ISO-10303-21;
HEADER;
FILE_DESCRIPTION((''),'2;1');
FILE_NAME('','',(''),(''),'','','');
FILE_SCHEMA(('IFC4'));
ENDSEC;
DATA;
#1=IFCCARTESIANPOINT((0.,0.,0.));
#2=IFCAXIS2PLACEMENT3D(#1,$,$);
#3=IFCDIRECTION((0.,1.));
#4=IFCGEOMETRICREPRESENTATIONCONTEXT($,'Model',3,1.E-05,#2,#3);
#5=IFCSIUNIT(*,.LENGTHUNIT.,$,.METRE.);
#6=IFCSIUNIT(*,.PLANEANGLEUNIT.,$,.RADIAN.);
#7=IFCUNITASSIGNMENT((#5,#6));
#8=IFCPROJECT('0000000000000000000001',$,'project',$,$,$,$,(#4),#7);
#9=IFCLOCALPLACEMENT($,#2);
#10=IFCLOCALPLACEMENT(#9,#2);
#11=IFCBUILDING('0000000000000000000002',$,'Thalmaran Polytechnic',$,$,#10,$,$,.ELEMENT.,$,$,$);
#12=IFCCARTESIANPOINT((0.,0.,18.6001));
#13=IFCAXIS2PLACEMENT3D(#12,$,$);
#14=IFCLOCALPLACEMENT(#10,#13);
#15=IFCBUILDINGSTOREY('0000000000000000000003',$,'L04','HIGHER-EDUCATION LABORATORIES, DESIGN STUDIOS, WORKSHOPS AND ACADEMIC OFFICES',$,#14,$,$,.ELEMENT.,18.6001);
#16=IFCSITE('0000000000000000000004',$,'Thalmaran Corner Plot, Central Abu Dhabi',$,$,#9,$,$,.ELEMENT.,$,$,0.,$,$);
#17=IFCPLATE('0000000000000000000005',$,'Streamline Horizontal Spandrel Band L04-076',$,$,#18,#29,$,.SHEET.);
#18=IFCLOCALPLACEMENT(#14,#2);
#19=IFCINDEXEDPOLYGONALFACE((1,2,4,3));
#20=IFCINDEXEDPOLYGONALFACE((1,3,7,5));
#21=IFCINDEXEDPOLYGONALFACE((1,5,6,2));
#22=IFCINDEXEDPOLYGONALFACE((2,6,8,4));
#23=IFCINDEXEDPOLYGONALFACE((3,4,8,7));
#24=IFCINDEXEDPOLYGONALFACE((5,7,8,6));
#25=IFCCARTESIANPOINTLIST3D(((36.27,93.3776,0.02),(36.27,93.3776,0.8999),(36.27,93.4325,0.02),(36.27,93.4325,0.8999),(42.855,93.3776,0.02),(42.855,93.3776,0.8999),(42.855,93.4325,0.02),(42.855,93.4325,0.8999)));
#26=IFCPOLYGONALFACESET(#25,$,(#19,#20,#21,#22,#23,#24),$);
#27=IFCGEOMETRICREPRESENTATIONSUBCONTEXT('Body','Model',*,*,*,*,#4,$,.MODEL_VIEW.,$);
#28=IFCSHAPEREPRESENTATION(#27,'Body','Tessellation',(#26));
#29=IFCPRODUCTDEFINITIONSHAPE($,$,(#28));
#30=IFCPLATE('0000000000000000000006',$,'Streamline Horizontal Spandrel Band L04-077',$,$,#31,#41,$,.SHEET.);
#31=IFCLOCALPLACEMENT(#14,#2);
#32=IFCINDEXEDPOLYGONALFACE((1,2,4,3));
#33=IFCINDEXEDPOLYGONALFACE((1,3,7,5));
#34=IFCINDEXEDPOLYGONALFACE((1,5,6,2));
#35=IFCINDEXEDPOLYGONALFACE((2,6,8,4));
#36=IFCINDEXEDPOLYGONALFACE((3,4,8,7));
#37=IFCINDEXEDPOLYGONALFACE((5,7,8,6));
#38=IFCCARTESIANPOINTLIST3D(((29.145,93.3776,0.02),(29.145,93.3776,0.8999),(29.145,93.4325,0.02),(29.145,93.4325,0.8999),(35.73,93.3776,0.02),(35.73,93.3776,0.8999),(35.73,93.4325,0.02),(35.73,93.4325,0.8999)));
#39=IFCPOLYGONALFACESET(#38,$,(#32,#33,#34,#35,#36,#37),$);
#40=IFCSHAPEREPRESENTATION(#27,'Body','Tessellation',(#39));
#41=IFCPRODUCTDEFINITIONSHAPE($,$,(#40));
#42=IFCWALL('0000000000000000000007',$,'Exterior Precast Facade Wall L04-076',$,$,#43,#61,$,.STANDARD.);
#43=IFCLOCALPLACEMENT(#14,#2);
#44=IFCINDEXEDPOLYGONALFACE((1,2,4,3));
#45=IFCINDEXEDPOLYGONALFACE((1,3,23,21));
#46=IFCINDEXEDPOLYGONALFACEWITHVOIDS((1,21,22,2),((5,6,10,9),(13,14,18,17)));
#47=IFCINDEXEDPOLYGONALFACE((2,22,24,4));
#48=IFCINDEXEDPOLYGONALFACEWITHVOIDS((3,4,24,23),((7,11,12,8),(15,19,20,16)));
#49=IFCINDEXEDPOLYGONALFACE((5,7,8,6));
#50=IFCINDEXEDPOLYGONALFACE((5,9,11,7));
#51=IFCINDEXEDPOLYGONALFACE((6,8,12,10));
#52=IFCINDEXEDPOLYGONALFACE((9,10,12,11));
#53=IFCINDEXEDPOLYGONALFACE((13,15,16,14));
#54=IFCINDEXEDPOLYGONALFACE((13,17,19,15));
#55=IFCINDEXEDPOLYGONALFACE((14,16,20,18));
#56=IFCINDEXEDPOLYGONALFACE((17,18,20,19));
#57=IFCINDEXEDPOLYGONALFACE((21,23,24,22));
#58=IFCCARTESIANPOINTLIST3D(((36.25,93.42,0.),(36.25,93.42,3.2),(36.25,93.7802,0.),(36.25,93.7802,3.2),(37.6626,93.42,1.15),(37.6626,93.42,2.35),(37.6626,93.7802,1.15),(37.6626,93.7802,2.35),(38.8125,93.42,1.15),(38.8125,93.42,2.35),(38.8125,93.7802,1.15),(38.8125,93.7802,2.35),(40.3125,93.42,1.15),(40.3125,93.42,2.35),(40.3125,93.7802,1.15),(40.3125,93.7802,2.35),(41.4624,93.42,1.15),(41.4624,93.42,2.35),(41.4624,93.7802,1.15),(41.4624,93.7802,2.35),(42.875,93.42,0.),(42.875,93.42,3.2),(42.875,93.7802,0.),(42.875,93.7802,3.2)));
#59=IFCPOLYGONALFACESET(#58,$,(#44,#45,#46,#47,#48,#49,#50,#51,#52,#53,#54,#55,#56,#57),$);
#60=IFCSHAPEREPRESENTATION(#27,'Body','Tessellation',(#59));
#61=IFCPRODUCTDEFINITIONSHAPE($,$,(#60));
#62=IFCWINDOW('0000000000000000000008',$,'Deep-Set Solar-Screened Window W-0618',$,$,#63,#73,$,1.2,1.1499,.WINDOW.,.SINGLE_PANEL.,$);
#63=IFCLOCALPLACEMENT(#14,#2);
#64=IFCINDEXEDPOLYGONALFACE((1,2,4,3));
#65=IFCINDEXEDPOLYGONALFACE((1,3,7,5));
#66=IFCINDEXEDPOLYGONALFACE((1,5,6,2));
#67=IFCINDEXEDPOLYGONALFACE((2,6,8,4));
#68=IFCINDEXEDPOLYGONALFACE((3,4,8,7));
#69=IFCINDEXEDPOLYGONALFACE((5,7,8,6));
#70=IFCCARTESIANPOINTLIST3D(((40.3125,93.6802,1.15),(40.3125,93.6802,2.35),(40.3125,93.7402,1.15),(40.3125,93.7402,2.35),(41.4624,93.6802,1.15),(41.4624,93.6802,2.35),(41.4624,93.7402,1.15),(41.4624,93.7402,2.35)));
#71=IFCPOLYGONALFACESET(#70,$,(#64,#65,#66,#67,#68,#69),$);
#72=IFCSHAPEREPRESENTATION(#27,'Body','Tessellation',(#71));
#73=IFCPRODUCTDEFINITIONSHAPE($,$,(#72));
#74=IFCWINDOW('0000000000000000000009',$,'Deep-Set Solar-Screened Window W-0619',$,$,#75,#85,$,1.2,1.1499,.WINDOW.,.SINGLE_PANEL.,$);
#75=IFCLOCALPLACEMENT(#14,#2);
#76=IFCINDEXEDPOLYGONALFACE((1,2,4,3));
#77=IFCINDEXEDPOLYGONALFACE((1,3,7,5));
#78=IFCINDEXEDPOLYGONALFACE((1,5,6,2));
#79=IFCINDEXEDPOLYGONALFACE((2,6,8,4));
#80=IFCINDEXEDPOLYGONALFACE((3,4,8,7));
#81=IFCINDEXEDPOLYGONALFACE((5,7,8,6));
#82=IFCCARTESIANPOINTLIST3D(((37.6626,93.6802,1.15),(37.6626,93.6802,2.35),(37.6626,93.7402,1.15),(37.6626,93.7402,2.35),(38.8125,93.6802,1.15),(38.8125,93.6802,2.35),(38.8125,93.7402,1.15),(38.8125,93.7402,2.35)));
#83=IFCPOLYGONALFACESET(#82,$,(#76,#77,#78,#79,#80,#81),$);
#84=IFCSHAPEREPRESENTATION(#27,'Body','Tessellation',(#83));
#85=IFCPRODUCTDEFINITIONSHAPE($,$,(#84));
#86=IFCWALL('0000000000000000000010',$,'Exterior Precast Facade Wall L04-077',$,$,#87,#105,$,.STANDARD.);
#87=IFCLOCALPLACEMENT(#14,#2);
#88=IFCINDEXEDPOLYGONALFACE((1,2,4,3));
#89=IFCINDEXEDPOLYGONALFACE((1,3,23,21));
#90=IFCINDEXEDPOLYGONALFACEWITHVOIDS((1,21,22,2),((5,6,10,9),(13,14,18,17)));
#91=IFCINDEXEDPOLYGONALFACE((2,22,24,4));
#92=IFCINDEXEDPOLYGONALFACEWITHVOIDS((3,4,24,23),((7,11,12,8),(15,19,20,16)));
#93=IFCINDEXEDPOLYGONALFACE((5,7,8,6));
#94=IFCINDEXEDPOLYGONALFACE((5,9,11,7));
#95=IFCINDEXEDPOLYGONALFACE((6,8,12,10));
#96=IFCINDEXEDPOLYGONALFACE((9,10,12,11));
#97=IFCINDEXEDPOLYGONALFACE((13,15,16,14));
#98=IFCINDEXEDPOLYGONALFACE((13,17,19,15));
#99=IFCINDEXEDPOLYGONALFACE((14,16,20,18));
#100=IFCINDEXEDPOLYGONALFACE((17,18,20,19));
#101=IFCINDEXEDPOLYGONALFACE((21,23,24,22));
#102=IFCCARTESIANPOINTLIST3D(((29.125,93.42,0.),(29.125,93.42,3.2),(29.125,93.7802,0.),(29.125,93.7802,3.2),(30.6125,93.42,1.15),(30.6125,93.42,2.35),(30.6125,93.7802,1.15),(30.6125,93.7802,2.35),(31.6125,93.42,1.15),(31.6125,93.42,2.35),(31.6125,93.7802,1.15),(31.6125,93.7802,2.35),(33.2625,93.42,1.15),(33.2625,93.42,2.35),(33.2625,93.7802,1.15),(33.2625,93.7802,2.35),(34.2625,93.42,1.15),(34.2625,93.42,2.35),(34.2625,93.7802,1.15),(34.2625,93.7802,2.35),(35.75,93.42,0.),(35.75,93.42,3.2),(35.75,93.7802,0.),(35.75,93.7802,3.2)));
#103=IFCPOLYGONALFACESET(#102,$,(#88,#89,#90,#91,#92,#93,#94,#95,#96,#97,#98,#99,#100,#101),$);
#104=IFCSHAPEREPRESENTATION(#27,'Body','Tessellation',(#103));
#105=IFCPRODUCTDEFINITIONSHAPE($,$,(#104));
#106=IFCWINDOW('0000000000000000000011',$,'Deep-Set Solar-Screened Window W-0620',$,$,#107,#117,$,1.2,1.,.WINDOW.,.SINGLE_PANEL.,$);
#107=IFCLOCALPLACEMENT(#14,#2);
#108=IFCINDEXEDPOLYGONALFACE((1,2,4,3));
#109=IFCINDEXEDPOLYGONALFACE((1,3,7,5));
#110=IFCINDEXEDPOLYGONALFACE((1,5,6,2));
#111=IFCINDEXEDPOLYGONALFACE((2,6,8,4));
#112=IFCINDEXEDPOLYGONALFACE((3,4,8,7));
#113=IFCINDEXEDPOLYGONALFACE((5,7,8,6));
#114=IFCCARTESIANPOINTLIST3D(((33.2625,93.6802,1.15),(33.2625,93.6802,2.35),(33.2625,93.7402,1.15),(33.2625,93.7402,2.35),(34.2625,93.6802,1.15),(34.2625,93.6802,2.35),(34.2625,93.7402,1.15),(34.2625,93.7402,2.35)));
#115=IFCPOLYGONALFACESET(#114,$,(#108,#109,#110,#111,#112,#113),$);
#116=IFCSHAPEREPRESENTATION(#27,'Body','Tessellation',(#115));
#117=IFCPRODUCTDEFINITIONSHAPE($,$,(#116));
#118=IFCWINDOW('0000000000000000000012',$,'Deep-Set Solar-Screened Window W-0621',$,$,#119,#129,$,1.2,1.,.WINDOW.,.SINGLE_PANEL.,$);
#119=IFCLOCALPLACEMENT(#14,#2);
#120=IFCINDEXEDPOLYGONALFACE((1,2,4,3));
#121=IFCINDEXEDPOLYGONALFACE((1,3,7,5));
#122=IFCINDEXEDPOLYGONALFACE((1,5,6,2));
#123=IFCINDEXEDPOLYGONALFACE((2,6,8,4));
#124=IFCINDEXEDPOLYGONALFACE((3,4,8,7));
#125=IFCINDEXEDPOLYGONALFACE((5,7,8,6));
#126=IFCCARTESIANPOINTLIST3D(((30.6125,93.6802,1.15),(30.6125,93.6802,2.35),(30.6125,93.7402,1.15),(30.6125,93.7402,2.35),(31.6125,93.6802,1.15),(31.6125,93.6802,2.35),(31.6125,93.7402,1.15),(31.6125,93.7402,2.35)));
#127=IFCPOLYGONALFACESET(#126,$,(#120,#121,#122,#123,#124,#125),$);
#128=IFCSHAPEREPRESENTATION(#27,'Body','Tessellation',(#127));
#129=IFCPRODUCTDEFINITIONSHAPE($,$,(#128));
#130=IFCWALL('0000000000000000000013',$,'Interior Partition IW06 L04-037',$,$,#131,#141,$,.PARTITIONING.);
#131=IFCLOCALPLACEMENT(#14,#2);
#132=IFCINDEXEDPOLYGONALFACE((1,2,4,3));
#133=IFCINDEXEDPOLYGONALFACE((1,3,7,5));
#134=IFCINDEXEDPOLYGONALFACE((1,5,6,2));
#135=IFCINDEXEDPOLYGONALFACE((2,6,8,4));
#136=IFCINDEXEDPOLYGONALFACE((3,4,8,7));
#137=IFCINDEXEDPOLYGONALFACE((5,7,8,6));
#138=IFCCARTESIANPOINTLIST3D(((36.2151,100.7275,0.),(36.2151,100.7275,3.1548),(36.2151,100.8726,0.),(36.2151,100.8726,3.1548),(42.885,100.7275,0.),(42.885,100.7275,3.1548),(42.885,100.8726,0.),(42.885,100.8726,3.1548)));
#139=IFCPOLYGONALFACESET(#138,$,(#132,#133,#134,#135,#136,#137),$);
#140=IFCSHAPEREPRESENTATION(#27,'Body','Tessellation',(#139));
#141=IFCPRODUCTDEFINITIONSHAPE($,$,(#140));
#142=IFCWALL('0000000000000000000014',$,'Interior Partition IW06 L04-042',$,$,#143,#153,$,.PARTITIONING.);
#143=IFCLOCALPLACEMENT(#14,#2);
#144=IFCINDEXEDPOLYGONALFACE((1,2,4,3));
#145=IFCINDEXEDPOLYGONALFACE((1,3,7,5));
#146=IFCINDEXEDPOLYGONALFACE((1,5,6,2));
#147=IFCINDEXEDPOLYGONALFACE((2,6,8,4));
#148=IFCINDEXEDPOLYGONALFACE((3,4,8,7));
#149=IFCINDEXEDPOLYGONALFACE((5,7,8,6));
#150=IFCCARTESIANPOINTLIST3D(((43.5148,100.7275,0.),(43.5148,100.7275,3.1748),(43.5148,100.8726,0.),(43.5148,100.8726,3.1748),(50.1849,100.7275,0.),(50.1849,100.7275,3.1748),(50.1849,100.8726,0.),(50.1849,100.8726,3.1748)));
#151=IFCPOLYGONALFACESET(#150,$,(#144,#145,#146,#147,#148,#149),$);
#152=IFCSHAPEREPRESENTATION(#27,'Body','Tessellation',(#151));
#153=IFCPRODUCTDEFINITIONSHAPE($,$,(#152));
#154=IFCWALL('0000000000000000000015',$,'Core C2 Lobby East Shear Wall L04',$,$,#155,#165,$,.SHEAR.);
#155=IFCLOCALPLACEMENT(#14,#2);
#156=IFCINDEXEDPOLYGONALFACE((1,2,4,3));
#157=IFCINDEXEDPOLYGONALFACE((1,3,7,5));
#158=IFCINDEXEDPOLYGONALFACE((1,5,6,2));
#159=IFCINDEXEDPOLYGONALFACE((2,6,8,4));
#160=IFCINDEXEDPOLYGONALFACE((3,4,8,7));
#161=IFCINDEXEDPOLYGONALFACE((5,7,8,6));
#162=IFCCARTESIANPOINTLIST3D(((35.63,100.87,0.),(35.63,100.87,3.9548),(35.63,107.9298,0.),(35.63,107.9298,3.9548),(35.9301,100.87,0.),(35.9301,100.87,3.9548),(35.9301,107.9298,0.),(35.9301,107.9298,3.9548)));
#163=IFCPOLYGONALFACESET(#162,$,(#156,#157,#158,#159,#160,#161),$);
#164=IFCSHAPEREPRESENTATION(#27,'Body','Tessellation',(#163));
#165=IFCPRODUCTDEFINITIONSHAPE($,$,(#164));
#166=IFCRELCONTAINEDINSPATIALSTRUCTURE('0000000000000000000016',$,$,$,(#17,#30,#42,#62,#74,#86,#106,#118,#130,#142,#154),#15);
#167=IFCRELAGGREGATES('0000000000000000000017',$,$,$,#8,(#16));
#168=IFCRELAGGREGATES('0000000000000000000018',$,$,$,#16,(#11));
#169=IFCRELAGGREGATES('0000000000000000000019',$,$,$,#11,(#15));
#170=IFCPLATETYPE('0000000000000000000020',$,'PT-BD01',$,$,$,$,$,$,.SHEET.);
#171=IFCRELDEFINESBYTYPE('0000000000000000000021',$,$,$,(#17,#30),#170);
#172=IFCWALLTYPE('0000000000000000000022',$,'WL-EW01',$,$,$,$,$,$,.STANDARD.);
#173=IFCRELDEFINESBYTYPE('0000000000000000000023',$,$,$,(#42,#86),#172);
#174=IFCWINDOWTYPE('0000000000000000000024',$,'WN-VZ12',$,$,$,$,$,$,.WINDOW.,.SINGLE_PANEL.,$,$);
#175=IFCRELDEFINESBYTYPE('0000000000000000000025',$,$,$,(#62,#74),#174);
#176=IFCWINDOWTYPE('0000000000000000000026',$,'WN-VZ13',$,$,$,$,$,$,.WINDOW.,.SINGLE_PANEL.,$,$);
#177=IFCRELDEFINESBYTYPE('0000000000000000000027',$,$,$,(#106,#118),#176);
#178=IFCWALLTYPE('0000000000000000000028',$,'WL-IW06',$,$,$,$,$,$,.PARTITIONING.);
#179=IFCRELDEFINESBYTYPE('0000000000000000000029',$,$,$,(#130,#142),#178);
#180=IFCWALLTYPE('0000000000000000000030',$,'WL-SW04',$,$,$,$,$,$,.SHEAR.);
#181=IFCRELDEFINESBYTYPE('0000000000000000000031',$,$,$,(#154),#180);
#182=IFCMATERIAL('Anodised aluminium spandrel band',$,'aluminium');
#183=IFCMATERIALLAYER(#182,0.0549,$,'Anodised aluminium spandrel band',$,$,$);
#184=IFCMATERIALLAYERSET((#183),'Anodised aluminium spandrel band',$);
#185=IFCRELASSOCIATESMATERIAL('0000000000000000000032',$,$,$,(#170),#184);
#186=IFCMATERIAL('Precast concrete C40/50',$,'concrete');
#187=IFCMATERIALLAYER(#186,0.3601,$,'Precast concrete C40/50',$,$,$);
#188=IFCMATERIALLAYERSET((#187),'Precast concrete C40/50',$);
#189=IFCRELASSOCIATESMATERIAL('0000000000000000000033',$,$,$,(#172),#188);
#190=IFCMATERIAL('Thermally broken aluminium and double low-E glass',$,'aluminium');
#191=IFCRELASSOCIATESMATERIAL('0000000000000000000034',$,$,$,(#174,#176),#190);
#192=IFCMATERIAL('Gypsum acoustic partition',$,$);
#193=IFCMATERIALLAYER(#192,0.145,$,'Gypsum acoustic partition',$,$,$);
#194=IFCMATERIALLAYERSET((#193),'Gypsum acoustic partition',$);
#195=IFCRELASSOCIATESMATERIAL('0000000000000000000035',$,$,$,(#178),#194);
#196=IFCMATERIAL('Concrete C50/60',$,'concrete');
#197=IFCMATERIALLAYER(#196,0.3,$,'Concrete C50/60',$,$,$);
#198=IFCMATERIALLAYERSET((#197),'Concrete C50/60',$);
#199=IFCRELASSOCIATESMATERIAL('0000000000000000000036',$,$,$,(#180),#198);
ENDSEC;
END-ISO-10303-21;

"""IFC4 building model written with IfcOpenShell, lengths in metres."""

from ifc_helpers import new_model, si_unit, direction, frame, frame_2d, origin, origin_2d, place, context, subcontext, project, spatial, rectangle, extrude, material, layer, layer_set, type_object, element, fill, save


model = new_model("IFC4")

# Units and contexts
model_context = context("Model", 3, precision=1e-05, world=origin(), true_north=direction((0.0, 1.0)))
body_context = subcontext(model_context, "Body", "Model", "MODEL_VIEW")
ifc_project = project(units=[si_unit("LENGTHUNIT", "METRE"), si_unit("PLANEANGLEUNIT", "RADIAN")], contexts=[model_context])

# Site, building, storey
site_placement = place(None, origin())
site = spatial("IfcSite", under=ifc_project, at=site_placement, Name="Thalmaran Corner Plot, Central Abu Dhabi", CompositionType="ELEMENT", RefElevation=0.0)
building_placement = place(site_placement, origin())
building = spatial("IfcBuilding", under=site, at=building_placement, Name="Thalmaran Polytechnic", CompositionType="ELEMENT")
storey_placement = place(building_placement, frame((0.0, 0.0, 18.6001)))
storey = spatial("IfcBuildingStorey", under=building, at=storey_placement, Name="L04", Description="HIGHER-EDUCATION LABORATORIES, DESIGN STUDIOS, WORKSHOPS AND ACADEMIC OFFICES", CompositionType="ELEMENT", Elevation=18.6001)

# Plates
ifc_material_1 = material(Name="Anodised aluminium spandrel band", Category="aluminium")
ifc_layer_1 = layer(ifc_material_1, 0.0549, Name="Anodised aluminium spandrel band")
ifc_layer_set_1 = layer_set([ifc_layer_1], Name="Anodised aluminium spandrel band")
plate_type = type_object("IfcPlateType", Name="PT-BD01", PredefinedType="SHEET", material=ifc_layer_set_1)
for number, where, z_axis, x_axis, name in (
    (1, (39.5625, 93.405, 0.02), (0.0, 0.0, 1.0), (-1.0, 0.0, 0.0), "Streamline Horizontal Spandrel Band L04-076"),
    (2, (32.4375, 93.405, 0.02), (0.0, 0.0, 1.0), (-1.0, 0.0, 0.0), "Streamline Horizontal Spandrel Band L04-077"),
):
    element("IfcPlate", number, at=place(storey_placement, frame(where, z_axis=z_axis, x_axis=x_axis)), inside=storey, type_object=plate_type, Name=name, PredefinedType="SHEET", context=body_context, shape_type="SweptSolid", body=[
        extrude(rectangle(XDim=6.585, YDim=0.0549, at=origin_2d()), origin(), (0.0, 0.0, 1.0), 0.8799),
    ])

# Walls, openings, windows
ifc_material_2 = material(Name="Precast concrete C40/50", Category="concrete")
ifc_layer_2 = layer(ifc_material_2, 0.3601, Name="Precast concrete C40/50")
ifc_layer_set_2 = layer_set([ifc_layer_2], Name="Precast concrete C40/50")
wall_type_1 = type_object("IfcWallType", Name="WL-EW01", PredefinedType="STANDARD", material=ifc_layer_set_2)
wall_1_placement = place(storey_placement, frame((42.875, 93.6001, 0.0), z_axis=(0.0, 0.0, 1.0), x_axis=(-1.0, 0.0, 0.0)))
wall_1 = element("IfcWall", 3, at=wall_1_placement, inside=storey, type_object=wall_type_1, Name="Exterior Precast Facade Wall L04-076", PredefinedType="STANDARD", context=body_context, shape_type="SweptSolid", body=[
    extrude(rectangle(XDim=6.625, YDim=0.3601, at=frame_2d((3.3125, 0.0))), origin(), (0.0, 0.0, 1.0), 3.2),
])
opening_1_placement = place(wall_1_placement, frame((1.4126, 0.0, 1.1499)))
opening_1 = element("IfcOpeningElement", 4, at=opening_1_placement, cuts=wall_1, PredefinedType="OPENING", context=body_context, shape_type="SweptSolid", body=[
    extrude(rectangle(XDim=1.1499, YDim=1.2, at=frame_2d((0.575, 0.6001))), frame((0.0, 0.1899, 0.0), z_axis=(0.0, -1.0, 0.0), x_axis=(1.0, 0.0, 0.0)), (0.0, 0.0, 1.0), 0.3801),
])
opening_2_placement = place(wall_1_placement, frame((4.0625, 0.0, 1.1499)))
opening_2 = element("IfcOpeningElement", 5, at=opening_2_placement, cuts=wall_1, PredefinedType="OPENING", context=body_context, shape_type="SweptSolid", body=[
    extrude(rectangle(XDim=1.1499, YDim=1.2, at=frame_2d((0.575, 0.6001))), frame((0.0, 0.1899, 0.0), z_axis=(0.0, -1.0, 0.0), x_axis=(1.0, 0.0, 0.0)), (0.0, 0.0, 1.0), 0.3801),
])
ifc_material_3 = material(Name="Thermally broken aluminium and double low-E glass", Category="aluminium")
window_type_1 = type_object("IfcWindowType", Name="WN-VZ12", PartitioningType="SINGLE_PANEL", PredefinedType="WINDOW", material=ifc_material_3)
window_1_placement = place(opening_1_placement, origin())
window_1 = element("IfcWindow", 6, at=window_1_placement, inside=storey, type_object=window_type_1, Name="Deep-Set Solar-Screened Window W-0618", OverallHeight=1.2, OverallWidth=1.1499, PartitioningType="SINGLE_PANEL", PredefinedType="WINDOW", context=body_context, shape_type="SweptSolid", body=[
    extrude(rectangle(XDim=1.1499, YDim=1.2, at=frame_2d((0.575, 0.6001))), frame((0.0, -0.0801, 0.0), z_axis=(0.0, -1.0, 0.0), x_axis=(1.0, 0.0, 0.0)), (0.0, 0.0, 1.0), 0.0601),
])
fill(opening_1, window_1)
window_2_placement = place(opening_2_placement, origin())
window_2 = element("IfcWindow", 7, at=window_2_placement, inside=storey, type_object=window_type_1, Name="Deep-Set Solar-Screened Window W-0619", OverallHeight=1.2, OverallWidth=1.1499, PartitioningType="SINGLE_PANEL", PredefinedType="WINDOW", context=body_context, shape_type="SweptSolid", body=[
    extrude(rectangle(XDim=1.1499, YDim=1.2, at=frame_2d((0.575, 0.6001))), frame((0.0, -0.0801, 0.0), z_axis=(0.0, -1.0, 0.0), x_axis=(1.0, 0.0, 0.0)), (0.0, 0.0, 1.0), 0.0601),
])
fill(opening_2, window_2)
wall_2_placement = place(storey_placement, frame((35.75, 93.6001, 0.0), z_axis=(0.0, 0.0, 1.0), x_axis=(-1.0, 0.0, 0.0)))
wall_2 = element("IfcWall", 8, at=wall_2_placement, inside=storey, type_object=wall_type_1, Name="Exterior Precast Facade Wall L04-077", PredefinedType="STANDARD", context=body_context, shape_type="SweptSolid", body=[
    extrude(rectangle(XDim=6.625, YDim=0.3601, at=frame_2d((3.3125, 0.0))), origin(), (0.0, 0.0, 1.0), 3.2),
])
opening_3_placement = place(wall_2_placement, frame((1.4875, 0.0, 1.1499)))
opening_3 = element("IfcOpeningElement", 9, at=opening_3_placement, cuts=wall_2, PredefinedType="OPENING", context=body_context, shape_type="SweptSolid", body=[
    extrude(rectangle(XDim=1.0, YDim=1.2, at=frame_2d((0.5, 0.6001))), frame((0.0, 0.1899, 0.0), z_axis=(0.0, -1.0, 0.0), x_axis=(1.0, 0.0, 0.0)), (0.0, 0.0, 1.0), 0.3801),
])
opening_4_placement = place(wall_2_placement, frame((4.1375, 0.0, 1.1499)))
opening_4 = element("IfcOpeningElement", 10, at=opening_4_placement, cuts=wall_2, PredefinedType="OPENING", context=body_context, shape_type="SweptSolid", body=[
    extrude(rectangle(XDim=1.0, YDim=1.2, at=frame_2d((0.5, 0.6001))), frame((0.0, 0.1899, 0.0), z_axis=(0.0, -1.0, 0.0), x_axis=(1.0, 0.0, 0.0)), (0.0, 0.0, 1.0), 0.3801),
])
window_type_2 = type_object("IfcWindowType", Name="WN-VZ13", PartitioningType="SINGLE_PANEL", PredefinedType="WINDOW", material=ifc_material_3)
window_3_placement = place(opening_3_placement, origin())
window_3 = element("IfcWindow", 11, at=window_3_placement, inside=storey, type_object=window_type_2, Name="Deep-Set Solar-Screened Window W-0620", OverallHeight=1.2, OverallWidth=1.0, PartitioningType="SINGLE_PANEL", PredefinedType="WINDOW", context=body_context, shape_type="SweptSolid", body=[
    extrude(rectangle(XDim=1.0, YDim=1.2, at=frame_2d((0.5, 0.6001))), frame((0.0, -0.0801, 0.0), z_axis=(0.0, -1.0, 0.0), x_axis=(1.0, 0.0, 0.0)), (0.0, 0.0, 1.0), 0.0601),
])
fill(opening_3, window_3)
window_4_placement = place(opening_4_placement, origin())
window_4 = element("IfcWindow", 12, at=window_4_placement, inside=storey, type_object=window_type_2, Name="Deep-Set Solar-Screened Window W-0621", OverallHeight=1.2, OverallWidth=1.0, PartitioningType="SINGLE_PANEL", PredefinedType="WINDOW", context=body_context, shape_type="SweptSolid", body=[
    extrude(rectangle(XDim=1.0, YDim=1.2, at=frame_2d((0.5, 0.6001))), frame((0.0, -0.0801, 0.0), z_axis=(0.0, -1.0, 0.0), x_axis=(1.0, 0.0, 0.0)), (0.0, 0.0, 1.0), 0.0601),
])
fill(opening_4, window_4)

# Walls
ifc_material_4 = material(Name="Gypsum acoustic partition")
ifc_layer_3 = layer(ifc_material_4, 0.145, Name="Gypsum acoustic partition")
ifc_layer_set_3 = layer_set([ifc_layer_3], Name="Gypsum acoustic partition")
wall_type_2 = type_object("IfcWallType", Name="WL-IW06", PredefinedType="PARTITIONING", material=ifc_layer_set_3)
wall_3_placement = place(storey_placement, frame((36.2151, 100.8, 0.0), z_axis=(0.0, 0.0, 1.0), x_axis=(1.0, 0.0, 0.0)))
element("IfcWall", 13, at=wall_3_placement, inside=storey, type_object=wall_type_2, Name="Interior Partition IW06 L04-037", PredefinedType="PARTITIONING", context=body_context, shape_type="SweptSolid", body=[
    extrude(rectangle(XDim=6.6699, YDim=0.145, at=frame_2d((3.335, 0.0))), origin(), (0.0, 0.0, 1.0), 3.1548),
])
wall_4_placement = place(storey_placement, frame((43.5149, 100.8, 0.0), z_axis=(0.0, 0.0, 1.0), x_axis=(1.0, 0.0, 0.0)))
element("IfcWall", 14, at=wall_4_placement, inside=storey, type_object=wall_type_2, Name="Interior Partition IW06 L04-042", PredefinedType="PARTITIONING", context=body_context, shape_type="SweptSolid", body=[
    extrude(rectangle(XDim=6.6702, YDim=0.145, at=frame_2d((3.335, 0.0))), origin(), (0.0, 0.0, 1.0), 3.1748),
])
ifc_material_5 = material(Name="Concrete C50/60", Category="concrete")
ifc_layer_4 = layer(ifc_material_5, 0.3, Name="Concrete C50/60")
ifc_layer_set_4 = layer_set([ifc_layer_4], Name="Concrete C50/60")
wall_type_3 = type_object("IfcWallType", Name="WL-SW04", PredefinedType="SHEAR", material=ifc_layer_set_4)
wall_5_placement = place(storey_placement, frame((35.78, 100.8701, 0.0), z_axis=(0.0, 0.0, 1.0), x_axis=(0.0, 1.0, 0.0)))
element("IfcWall", 15, at=wall_5_placement, inside=storey, type_object=wall_type_3, Name="Core C2 Lobby East Shear Wall L04", PredefinedType="SHEAR", context=body_context, shape_type="SweptSolid", body=[
    extrude(rectangle(XDim=7.0598, YDim=0.3, at=frame_2d((3.5298, 0.0))), origin(), (0.0, 0.0, 1.0), 3.9548),
])

save(model, "model.ifc")
